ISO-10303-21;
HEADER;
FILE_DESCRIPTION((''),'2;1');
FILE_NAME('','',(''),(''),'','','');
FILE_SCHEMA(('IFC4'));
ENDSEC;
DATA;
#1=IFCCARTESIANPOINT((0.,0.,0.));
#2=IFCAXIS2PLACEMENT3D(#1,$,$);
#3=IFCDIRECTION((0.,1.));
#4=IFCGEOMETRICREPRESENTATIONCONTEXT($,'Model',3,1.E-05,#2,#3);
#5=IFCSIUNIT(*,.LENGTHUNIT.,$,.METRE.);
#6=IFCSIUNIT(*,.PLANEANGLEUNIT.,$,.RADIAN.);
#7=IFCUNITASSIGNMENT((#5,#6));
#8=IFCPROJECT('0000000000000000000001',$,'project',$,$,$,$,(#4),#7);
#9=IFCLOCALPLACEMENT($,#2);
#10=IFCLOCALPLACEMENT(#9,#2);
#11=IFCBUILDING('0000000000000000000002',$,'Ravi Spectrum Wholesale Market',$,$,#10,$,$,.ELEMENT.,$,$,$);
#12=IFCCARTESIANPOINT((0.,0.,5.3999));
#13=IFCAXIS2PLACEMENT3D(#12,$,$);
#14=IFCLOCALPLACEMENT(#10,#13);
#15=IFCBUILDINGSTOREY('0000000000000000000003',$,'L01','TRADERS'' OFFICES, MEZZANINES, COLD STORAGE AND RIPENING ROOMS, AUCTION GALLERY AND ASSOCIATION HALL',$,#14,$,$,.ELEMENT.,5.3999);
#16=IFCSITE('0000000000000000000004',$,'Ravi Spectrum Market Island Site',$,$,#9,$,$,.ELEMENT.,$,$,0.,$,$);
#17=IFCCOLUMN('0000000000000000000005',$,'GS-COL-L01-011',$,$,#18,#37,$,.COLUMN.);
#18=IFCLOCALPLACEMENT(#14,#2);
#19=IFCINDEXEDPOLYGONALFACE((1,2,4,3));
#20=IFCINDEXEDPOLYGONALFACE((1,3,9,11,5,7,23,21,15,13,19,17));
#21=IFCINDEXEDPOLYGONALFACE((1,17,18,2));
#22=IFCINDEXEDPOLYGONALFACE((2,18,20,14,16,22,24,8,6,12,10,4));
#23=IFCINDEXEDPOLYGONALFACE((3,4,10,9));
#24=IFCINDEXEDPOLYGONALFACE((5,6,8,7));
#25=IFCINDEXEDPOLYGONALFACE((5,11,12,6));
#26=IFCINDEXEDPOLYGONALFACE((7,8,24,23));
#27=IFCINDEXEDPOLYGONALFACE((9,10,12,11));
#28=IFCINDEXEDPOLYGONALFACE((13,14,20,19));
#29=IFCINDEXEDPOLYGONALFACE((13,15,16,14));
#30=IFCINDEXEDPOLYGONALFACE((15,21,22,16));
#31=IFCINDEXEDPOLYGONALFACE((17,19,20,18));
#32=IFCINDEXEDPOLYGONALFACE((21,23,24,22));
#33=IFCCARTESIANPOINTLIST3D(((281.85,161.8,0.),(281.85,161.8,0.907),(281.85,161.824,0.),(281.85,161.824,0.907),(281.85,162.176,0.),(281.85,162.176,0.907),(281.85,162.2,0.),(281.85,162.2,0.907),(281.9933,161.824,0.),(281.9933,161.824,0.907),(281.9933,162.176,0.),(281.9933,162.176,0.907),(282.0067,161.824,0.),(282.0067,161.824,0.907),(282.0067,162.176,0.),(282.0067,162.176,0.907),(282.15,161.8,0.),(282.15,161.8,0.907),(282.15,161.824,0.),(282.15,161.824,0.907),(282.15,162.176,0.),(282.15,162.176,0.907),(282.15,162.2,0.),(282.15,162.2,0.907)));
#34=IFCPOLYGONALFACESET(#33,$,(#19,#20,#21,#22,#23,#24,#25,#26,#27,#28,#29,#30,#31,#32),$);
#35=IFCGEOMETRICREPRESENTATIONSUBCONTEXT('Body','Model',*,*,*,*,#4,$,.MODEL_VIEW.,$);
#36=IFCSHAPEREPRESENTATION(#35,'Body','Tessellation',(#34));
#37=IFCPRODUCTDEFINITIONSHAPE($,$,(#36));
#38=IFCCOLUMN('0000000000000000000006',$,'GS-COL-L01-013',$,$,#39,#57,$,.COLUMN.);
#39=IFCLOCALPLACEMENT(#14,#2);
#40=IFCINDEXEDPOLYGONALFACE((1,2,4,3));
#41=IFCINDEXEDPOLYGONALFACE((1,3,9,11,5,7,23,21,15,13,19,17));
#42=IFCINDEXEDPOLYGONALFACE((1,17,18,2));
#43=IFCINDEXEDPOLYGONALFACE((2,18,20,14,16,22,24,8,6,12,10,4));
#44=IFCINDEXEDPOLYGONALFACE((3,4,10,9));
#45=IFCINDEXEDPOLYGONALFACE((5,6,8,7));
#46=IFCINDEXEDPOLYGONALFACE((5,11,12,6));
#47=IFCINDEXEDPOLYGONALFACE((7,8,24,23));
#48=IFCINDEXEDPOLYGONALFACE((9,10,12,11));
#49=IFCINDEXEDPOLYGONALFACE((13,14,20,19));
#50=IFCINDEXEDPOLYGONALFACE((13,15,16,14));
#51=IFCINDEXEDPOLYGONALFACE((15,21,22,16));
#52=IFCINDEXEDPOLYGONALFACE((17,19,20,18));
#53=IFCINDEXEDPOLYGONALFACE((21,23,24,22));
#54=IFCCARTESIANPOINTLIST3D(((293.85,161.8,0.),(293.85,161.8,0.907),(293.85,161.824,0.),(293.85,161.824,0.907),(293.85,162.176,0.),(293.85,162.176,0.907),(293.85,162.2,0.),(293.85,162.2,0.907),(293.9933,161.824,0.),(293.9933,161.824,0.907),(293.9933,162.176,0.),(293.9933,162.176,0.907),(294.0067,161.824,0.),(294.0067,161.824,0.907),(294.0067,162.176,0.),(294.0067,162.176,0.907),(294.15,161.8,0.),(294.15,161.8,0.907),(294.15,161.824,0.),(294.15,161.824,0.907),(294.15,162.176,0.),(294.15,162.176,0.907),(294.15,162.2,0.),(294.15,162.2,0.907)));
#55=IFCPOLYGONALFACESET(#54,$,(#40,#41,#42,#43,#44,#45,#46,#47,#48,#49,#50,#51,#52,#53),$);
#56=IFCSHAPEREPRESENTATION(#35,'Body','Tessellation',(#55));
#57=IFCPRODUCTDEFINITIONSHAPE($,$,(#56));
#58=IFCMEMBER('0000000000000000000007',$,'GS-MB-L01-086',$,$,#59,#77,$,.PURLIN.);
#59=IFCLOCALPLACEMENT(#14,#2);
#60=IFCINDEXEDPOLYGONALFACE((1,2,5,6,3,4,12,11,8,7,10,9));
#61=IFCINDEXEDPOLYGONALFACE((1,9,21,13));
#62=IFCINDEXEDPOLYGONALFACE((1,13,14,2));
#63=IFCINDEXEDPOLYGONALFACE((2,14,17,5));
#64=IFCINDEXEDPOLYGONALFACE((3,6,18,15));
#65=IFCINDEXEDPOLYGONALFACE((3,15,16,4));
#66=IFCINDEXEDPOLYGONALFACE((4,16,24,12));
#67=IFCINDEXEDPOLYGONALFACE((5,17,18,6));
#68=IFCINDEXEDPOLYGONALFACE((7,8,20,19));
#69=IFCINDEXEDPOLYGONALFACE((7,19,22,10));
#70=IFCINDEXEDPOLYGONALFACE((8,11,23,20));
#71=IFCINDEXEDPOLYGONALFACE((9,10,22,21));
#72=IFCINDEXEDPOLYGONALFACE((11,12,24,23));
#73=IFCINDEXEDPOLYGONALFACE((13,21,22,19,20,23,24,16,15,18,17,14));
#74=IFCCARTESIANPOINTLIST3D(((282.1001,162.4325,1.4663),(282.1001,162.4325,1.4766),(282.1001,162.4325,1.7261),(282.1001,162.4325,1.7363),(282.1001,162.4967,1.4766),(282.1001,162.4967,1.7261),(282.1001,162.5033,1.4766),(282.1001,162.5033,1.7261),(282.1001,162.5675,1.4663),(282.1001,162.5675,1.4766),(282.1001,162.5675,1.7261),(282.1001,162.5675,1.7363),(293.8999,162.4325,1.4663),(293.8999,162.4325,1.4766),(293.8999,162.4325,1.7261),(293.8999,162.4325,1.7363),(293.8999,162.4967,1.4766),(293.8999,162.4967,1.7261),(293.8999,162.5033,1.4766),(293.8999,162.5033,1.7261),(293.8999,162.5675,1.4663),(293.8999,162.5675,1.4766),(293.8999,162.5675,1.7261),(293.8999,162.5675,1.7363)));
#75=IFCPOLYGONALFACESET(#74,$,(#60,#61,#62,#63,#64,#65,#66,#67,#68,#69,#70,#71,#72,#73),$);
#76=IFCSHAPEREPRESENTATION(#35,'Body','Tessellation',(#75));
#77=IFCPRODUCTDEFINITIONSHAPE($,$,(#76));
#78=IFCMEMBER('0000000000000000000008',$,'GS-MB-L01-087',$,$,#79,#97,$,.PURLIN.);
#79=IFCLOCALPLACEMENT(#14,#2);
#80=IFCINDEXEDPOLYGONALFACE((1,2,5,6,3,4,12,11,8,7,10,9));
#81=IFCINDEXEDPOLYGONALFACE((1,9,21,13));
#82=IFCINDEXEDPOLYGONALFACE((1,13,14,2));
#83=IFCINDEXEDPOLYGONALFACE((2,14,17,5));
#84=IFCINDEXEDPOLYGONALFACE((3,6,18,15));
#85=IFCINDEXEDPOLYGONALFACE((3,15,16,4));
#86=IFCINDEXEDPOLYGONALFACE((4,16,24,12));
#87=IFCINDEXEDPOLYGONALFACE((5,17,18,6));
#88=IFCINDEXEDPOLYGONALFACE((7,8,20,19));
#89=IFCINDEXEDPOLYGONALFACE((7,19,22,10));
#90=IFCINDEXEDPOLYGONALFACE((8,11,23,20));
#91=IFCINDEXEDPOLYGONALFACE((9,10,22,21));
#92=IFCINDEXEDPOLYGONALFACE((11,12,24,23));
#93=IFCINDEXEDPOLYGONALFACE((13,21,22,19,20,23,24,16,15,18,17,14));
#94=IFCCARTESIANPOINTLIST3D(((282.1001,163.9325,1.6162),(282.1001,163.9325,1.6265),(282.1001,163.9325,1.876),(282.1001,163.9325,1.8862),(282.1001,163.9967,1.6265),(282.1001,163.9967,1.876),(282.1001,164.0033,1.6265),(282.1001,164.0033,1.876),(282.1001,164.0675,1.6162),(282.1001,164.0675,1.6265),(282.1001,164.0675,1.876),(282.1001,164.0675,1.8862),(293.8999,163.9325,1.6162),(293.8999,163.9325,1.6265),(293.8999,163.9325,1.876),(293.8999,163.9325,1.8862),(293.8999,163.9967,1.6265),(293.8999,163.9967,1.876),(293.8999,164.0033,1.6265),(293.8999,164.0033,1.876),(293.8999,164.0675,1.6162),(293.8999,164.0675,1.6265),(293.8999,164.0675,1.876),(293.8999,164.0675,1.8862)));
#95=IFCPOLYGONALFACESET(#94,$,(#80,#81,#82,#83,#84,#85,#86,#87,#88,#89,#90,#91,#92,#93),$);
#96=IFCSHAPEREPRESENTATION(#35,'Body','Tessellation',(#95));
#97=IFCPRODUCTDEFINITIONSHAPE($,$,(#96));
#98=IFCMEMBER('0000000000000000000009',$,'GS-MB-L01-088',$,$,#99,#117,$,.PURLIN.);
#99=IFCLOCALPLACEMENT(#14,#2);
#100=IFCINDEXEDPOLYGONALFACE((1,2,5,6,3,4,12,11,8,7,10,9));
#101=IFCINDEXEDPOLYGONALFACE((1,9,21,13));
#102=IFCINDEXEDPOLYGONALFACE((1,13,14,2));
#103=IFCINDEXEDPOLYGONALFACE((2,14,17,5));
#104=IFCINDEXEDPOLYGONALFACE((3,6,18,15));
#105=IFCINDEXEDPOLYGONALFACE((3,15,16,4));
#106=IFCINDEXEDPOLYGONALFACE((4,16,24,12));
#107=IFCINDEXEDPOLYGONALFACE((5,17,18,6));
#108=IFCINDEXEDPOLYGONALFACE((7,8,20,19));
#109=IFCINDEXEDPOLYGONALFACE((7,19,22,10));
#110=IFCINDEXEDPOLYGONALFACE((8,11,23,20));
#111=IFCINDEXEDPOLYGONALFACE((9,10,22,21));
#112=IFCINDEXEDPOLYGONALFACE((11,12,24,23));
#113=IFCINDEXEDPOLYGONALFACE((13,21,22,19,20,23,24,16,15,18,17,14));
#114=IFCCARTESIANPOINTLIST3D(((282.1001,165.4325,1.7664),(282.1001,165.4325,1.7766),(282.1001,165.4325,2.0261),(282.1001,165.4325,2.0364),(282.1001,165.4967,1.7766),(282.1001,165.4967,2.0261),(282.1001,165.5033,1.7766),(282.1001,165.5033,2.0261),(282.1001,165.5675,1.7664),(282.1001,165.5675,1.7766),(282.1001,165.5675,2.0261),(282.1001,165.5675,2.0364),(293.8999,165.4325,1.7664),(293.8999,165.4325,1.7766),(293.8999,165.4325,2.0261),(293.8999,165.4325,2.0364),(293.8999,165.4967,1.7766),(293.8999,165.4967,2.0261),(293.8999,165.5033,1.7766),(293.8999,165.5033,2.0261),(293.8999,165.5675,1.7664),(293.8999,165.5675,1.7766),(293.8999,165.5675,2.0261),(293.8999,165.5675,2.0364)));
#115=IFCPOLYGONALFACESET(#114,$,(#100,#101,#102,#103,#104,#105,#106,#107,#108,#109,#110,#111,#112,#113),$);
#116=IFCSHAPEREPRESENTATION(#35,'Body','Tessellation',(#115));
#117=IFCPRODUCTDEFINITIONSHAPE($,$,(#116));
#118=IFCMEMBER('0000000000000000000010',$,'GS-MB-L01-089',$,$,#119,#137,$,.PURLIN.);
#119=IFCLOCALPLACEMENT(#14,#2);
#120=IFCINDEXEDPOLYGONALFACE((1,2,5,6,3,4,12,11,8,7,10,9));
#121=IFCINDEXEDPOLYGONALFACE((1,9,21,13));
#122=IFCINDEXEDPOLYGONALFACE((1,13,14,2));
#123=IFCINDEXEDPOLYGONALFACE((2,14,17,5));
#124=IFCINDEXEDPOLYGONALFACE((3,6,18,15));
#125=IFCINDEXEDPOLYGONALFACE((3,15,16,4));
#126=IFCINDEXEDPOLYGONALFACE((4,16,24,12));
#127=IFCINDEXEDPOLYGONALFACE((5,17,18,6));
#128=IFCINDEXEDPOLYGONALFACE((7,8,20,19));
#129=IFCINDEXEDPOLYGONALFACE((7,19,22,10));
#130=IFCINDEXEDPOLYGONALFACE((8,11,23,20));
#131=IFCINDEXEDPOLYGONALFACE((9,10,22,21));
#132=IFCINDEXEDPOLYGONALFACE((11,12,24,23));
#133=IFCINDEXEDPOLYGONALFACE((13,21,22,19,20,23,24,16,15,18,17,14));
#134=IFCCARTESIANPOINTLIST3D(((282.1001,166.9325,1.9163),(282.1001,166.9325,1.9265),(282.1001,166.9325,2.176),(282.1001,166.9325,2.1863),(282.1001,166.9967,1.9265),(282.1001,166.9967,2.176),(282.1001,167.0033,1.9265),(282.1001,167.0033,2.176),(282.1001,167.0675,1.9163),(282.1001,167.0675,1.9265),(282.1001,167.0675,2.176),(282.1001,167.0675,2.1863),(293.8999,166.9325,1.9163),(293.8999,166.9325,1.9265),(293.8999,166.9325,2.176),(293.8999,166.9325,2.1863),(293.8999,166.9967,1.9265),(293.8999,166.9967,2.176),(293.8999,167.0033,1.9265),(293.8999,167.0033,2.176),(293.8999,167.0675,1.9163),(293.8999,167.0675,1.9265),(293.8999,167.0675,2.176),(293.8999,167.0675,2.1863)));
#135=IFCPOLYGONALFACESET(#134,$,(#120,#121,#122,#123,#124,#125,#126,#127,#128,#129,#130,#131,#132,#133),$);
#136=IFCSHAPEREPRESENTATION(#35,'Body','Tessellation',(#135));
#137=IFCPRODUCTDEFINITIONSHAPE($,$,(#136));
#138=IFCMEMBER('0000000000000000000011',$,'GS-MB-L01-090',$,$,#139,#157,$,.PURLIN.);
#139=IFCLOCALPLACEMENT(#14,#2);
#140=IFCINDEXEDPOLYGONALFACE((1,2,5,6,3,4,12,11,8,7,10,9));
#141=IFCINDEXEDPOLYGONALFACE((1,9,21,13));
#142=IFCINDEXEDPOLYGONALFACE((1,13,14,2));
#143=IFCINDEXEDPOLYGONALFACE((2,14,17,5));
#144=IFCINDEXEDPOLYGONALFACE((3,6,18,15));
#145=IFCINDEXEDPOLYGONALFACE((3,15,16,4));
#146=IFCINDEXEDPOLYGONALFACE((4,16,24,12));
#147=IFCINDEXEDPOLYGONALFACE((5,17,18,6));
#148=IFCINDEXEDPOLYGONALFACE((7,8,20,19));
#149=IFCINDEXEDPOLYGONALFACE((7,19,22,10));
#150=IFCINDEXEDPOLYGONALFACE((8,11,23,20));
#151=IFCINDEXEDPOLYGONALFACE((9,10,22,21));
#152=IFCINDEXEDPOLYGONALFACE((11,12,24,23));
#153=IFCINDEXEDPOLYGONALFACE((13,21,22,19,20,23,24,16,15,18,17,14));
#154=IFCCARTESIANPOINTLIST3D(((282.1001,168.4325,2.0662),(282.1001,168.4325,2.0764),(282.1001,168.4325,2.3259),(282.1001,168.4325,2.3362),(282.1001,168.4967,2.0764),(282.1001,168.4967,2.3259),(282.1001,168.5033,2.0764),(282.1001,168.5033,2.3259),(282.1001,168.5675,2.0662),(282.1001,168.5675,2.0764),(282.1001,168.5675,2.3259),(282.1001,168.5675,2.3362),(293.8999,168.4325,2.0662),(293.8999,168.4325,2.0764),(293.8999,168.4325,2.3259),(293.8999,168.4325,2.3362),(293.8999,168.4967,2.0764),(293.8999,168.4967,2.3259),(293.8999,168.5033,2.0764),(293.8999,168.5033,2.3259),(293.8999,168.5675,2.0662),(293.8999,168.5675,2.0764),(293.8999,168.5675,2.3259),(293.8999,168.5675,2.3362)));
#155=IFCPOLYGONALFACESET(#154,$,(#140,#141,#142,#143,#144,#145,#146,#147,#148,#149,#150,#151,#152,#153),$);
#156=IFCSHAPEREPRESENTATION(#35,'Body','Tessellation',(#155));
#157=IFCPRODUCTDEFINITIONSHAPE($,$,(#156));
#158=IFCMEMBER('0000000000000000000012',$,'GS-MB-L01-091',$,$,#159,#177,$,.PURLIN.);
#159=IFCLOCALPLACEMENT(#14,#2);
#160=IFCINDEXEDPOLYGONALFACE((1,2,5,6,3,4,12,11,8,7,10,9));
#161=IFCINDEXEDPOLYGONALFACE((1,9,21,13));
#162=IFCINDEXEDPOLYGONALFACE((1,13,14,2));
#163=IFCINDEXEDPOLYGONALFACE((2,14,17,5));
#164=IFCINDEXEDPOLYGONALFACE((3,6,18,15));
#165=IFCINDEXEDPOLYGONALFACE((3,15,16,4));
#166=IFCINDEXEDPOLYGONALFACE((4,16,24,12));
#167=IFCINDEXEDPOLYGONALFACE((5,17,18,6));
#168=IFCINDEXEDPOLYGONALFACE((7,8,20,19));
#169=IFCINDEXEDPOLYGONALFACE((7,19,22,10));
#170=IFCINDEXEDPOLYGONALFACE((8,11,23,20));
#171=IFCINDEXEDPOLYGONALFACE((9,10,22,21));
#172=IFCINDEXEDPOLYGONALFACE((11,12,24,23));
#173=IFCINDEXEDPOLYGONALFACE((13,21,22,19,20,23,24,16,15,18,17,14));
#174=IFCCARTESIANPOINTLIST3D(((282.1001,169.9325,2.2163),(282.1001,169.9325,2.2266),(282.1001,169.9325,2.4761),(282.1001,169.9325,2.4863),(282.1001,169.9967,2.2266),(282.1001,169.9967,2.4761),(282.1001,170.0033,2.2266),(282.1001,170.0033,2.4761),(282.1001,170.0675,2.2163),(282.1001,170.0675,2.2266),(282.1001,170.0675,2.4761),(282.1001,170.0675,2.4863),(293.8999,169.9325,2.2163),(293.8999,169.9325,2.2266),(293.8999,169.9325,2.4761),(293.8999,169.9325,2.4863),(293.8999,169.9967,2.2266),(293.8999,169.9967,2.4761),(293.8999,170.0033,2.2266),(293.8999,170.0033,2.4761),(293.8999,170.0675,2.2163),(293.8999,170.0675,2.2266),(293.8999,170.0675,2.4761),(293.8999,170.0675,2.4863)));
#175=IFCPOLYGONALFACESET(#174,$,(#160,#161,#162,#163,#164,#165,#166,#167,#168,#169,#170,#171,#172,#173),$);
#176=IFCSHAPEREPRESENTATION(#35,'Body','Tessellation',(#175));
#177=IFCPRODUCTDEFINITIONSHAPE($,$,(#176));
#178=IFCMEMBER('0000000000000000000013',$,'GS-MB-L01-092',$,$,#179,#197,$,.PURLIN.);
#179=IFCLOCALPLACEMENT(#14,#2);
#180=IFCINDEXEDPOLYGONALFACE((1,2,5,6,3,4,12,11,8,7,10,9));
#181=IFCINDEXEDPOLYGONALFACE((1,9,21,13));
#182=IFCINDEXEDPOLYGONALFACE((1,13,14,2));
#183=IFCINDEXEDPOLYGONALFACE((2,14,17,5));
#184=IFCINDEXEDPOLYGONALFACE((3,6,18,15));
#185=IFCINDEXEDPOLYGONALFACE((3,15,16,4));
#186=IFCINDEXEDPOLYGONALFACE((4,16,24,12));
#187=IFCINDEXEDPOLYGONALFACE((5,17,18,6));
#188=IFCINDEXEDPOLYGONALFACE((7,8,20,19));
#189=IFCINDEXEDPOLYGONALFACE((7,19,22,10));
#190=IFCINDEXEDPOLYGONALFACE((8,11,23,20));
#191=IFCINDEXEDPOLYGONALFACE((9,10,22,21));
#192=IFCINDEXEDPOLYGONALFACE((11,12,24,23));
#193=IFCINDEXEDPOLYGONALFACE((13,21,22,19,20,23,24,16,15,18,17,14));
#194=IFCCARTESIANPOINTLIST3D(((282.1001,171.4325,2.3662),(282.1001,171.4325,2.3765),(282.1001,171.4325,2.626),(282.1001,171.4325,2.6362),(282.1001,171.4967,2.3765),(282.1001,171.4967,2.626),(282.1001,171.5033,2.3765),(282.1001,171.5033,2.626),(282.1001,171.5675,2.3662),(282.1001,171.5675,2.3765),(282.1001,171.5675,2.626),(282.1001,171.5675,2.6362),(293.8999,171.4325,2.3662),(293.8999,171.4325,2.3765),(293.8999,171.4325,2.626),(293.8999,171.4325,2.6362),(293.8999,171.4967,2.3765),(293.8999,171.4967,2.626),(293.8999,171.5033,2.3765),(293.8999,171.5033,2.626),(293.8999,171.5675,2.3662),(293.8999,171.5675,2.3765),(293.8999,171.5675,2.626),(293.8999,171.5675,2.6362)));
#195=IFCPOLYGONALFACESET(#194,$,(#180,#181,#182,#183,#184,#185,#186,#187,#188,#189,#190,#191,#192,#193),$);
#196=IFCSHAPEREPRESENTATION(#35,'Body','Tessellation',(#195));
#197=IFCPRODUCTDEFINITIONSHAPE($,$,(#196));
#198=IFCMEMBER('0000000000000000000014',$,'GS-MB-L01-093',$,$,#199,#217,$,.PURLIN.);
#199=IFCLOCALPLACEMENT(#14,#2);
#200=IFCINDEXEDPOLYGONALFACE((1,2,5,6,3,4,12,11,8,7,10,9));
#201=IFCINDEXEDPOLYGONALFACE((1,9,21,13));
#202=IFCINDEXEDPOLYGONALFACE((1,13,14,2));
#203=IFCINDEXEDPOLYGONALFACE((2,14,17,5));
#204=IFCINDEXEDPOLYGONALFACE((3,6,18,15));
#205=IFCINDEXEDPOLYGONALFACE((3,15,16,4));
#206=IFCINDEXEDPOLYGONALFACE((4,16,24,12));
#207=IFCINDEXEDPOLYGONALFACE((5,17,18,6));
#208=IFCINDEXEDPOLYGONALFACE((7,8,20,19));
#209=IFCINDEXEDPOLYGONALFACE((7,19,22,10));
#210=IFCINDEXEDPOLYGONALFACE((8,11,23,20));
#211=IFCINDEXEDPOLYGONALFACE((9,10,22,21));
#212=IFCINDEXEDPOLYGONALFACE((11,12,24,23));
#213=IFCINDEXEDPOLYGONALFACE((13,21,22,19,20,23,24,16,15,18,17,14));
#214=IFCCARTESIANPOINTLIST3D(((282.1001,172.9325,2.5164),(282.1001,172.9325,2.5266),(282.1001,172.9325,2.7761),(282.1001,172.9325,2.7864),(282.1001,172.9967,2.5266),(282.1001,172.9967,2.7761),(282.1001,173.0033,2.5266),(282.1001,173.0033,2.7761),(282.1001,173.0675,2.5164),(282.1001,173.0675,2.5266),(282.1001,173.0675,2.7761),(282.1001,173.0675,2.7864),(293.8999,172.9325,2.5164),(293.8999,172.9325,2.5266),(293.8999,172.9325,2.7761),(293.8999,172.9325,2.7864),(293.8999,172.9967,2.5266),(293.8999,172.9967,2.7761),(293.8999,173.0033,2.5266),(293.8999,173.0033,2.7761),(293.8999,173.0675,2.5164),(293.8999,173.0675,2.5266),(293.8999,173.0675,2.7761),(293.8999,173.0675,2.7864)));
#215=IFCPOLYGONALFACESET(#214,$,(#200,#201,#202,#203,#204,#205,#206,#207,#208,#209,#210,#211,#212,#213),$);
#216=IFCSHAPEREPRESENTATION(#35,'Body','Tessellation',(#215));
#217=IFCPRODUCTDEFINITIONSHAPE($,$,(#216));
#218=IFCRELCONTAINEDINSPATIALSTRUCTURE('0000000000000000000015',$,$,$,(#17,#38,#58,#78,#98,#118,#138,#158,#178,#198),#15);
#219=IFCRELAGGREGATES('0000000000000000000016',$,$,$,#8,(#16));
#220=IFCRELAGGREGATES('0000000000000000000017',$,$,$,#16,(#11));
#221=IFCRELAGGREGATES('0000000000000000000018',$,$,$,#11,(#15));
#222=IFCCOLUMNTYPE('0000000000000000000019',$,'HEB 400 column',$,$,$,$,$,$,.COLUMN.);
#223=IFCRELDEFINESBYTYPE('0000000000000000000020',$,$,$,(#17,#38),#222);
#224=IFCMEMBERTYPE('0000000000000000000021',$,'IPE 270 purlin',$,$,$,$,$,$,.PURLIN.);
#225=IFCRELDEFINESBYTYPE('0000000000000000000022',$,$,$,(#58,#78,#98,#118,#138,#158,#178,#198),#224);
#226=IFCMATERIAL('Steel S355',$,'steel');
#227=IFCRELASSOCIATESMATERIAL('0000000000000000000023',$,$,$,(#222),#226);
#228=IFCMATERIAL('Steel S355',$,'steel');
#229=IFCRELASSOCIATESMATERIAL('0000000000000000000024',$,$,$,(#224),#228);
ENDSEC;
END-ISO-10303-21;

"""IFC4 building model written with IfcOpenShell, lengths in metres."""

from ifc_helpers import new_model, si_unit, direction, frame, origin, origin_2d, place, context, subcontext, project, spatial, i_section, extrude, material, material_profile, profile_set, type_object, element, save


model = new_model("IFC4")

# Units and contexts
model_context = context("Model", 3, precision=1e-05, world=origin(), true_north=direction((0.0, 1.0)))
body_context = subcontext(model_context, "Body", "Model", "MODEL_VIEW")
ifc_project = project(units=[si_unit("LENGTHUNIT", "METRE"), si_unit("PLANEANGLEUNIT", "RADIAN")], contexts=[model_context])

# Site, building, storey
site_placement = place(None, origin())
site = spatial("IfcSite", under=ifc_project, at=site_placement, Name="Ravi Spectrum Market Island Site", CompositionType="ELEMENT", RefElevation=0.0)
building_placement = place(site_placement, origin())
building = spatial("IfcBuilding", under=site, at=building_placement, Name="Ravi Spectrum Wholesale Market", CompositionType="ELEMENT")
storey_placement = place(building_placement, frame((0.0, 0.0, 5.3999)))
storey = spatial("IfcBuildingStorey", under=building, at=storey_placement, Name="L01", Description="TRADERS' OFFICES, MEZZANINES, COLD STORAGE AND RIPENING ROOMS, AUCTION GALLERY AND ASSOCIATION HALL", CompositionType="ELEMENT", Elevation=5.3999)

# Columns
ifc_material_1 = material(Name="Steel S355", Category="steel")
ifc_material_profile_1 = material_profile(ifc_material_1, i_section(OverallWidth=0.3, OverallDepth=0.3999, WebThickness=0.0134, FlangeThickness=0.0239, at=origin_2d()))
ifc_profile_set_1 = profile_set([ifc_material_profile_1], Name="Steel S355")
column_type = type_object("IfcColumnType", Name="HEB 400 column", PredefinedType="COLUMN", material=ifc_profile_set_1)
for number, where, z_axis, x_axis, name in (
    (1, (282.0, 162.0, 0.0), (0.0, 0.0, 1.0), (1.0, 0.0, 0.0), "GS-COL-L01-011"),
    (2, (294.0, 162.0, 0.0), (0.0, 0.0, 1.0), (1.0, 0.0, 0.0), "GS-COL-L01-013"),
):
    element("IfcColumn", number, at=place(storey_placement, frame(where, z_axis=z_axis, x_axis=x_axis)), inside=storey, type_object=column_type, Name=name, PredefinedType="COLUMN", context=body_context, shape_type="SweptSolid", body=[
        extrude(i_section(OverallWidth=0.3, OverallDepth=0.3999, WebThickness=0.0134, FlangeThickness=0.0239, at=origin_2d()), origin(), (0.0, 0.0, 1.0), 0.907),
    ])

# Members
ifc_material_2 = material(Name="Steel S355", Category="steel")
ifc_material_profile_2 = material_profile(ifc_material_2, i_section(OverallWidth=0.135, OverallDepth=0.27, WebThickness=0.0066, FlangeThickness=0.0103, at=origin_2d()))
ifc_profile_set_2 = profile_set([ifc_material_profile_2], Name="Steel S355")
member_type = type_object("IfcMemberType", Name="IPE 270 purlin", PredefinedType="PURLIN", material=ifc_profile_set_2)
for number, where, z_axis, x_axis, name in (
    (3, (282.1001, 162.5, 1.6013), (1.0, 0.0, 0.0), (0.0, 1.0, 0.0), "GS-MB-L01-086"),
    (4, (282.1001, 164.0, 1.7512), (1.0, 0.0, 0.0), (0.0, 1.0, 0.0), "GS-MB-L01-087"),
    (5, (282.1001, 165.5, 1.9014), (1.0, 0.0, 0.0), (0.0, 1.0, 0.0), "GS-MB-L01-088"),
    (6, (282.1001, 167.0, 2.0513), (1.0, 0.0, 0.0), (0.0, 1.0, 0.0), "GS-MB-L01-089"),
    (7, (282.1001, 168.5, 2.2012), (1.0, 0.0, 0.0), (0.0, 1.0, 0.0), "GS-MB-L01-090"),
    (8, (282.1001, 170.0, 2.3513), (1.0, 0.0, 0.0), (0.0, 1.0, 0.0), "GS-MB-L01-091"),
    (9, (282.1001, 171.5, 2.5012), (1.0, 0.0, 0.0), (0.0, 1.0, 0.0), "GS-MB-L01-092"),
    (10, (282.1001, 173.0, 2.6514), (1.0, 0.0, 0.0), (0.0, 1.0, 0.0), "GS-MB-L01-093"),
):
    element("IfcMember", number, at=place(storey_placement, frame(where, z_axis=z_axis, x_axis=x_axis)), inside=storey, type_object=member_type, Name=name, PredefinedType="PURLIN", context=body_context, shape_type="SweptSolid", body=[
        extrude(i_section(OverallWidth=0.135, OverallDepth=0.27, WebThickness=0.0066, FlangeThickness=0.0103, at=origin_2d()), origin(), (0.0, 0.0, 1.0), 11.7998),
    ])

save(model, "model.ifc")
